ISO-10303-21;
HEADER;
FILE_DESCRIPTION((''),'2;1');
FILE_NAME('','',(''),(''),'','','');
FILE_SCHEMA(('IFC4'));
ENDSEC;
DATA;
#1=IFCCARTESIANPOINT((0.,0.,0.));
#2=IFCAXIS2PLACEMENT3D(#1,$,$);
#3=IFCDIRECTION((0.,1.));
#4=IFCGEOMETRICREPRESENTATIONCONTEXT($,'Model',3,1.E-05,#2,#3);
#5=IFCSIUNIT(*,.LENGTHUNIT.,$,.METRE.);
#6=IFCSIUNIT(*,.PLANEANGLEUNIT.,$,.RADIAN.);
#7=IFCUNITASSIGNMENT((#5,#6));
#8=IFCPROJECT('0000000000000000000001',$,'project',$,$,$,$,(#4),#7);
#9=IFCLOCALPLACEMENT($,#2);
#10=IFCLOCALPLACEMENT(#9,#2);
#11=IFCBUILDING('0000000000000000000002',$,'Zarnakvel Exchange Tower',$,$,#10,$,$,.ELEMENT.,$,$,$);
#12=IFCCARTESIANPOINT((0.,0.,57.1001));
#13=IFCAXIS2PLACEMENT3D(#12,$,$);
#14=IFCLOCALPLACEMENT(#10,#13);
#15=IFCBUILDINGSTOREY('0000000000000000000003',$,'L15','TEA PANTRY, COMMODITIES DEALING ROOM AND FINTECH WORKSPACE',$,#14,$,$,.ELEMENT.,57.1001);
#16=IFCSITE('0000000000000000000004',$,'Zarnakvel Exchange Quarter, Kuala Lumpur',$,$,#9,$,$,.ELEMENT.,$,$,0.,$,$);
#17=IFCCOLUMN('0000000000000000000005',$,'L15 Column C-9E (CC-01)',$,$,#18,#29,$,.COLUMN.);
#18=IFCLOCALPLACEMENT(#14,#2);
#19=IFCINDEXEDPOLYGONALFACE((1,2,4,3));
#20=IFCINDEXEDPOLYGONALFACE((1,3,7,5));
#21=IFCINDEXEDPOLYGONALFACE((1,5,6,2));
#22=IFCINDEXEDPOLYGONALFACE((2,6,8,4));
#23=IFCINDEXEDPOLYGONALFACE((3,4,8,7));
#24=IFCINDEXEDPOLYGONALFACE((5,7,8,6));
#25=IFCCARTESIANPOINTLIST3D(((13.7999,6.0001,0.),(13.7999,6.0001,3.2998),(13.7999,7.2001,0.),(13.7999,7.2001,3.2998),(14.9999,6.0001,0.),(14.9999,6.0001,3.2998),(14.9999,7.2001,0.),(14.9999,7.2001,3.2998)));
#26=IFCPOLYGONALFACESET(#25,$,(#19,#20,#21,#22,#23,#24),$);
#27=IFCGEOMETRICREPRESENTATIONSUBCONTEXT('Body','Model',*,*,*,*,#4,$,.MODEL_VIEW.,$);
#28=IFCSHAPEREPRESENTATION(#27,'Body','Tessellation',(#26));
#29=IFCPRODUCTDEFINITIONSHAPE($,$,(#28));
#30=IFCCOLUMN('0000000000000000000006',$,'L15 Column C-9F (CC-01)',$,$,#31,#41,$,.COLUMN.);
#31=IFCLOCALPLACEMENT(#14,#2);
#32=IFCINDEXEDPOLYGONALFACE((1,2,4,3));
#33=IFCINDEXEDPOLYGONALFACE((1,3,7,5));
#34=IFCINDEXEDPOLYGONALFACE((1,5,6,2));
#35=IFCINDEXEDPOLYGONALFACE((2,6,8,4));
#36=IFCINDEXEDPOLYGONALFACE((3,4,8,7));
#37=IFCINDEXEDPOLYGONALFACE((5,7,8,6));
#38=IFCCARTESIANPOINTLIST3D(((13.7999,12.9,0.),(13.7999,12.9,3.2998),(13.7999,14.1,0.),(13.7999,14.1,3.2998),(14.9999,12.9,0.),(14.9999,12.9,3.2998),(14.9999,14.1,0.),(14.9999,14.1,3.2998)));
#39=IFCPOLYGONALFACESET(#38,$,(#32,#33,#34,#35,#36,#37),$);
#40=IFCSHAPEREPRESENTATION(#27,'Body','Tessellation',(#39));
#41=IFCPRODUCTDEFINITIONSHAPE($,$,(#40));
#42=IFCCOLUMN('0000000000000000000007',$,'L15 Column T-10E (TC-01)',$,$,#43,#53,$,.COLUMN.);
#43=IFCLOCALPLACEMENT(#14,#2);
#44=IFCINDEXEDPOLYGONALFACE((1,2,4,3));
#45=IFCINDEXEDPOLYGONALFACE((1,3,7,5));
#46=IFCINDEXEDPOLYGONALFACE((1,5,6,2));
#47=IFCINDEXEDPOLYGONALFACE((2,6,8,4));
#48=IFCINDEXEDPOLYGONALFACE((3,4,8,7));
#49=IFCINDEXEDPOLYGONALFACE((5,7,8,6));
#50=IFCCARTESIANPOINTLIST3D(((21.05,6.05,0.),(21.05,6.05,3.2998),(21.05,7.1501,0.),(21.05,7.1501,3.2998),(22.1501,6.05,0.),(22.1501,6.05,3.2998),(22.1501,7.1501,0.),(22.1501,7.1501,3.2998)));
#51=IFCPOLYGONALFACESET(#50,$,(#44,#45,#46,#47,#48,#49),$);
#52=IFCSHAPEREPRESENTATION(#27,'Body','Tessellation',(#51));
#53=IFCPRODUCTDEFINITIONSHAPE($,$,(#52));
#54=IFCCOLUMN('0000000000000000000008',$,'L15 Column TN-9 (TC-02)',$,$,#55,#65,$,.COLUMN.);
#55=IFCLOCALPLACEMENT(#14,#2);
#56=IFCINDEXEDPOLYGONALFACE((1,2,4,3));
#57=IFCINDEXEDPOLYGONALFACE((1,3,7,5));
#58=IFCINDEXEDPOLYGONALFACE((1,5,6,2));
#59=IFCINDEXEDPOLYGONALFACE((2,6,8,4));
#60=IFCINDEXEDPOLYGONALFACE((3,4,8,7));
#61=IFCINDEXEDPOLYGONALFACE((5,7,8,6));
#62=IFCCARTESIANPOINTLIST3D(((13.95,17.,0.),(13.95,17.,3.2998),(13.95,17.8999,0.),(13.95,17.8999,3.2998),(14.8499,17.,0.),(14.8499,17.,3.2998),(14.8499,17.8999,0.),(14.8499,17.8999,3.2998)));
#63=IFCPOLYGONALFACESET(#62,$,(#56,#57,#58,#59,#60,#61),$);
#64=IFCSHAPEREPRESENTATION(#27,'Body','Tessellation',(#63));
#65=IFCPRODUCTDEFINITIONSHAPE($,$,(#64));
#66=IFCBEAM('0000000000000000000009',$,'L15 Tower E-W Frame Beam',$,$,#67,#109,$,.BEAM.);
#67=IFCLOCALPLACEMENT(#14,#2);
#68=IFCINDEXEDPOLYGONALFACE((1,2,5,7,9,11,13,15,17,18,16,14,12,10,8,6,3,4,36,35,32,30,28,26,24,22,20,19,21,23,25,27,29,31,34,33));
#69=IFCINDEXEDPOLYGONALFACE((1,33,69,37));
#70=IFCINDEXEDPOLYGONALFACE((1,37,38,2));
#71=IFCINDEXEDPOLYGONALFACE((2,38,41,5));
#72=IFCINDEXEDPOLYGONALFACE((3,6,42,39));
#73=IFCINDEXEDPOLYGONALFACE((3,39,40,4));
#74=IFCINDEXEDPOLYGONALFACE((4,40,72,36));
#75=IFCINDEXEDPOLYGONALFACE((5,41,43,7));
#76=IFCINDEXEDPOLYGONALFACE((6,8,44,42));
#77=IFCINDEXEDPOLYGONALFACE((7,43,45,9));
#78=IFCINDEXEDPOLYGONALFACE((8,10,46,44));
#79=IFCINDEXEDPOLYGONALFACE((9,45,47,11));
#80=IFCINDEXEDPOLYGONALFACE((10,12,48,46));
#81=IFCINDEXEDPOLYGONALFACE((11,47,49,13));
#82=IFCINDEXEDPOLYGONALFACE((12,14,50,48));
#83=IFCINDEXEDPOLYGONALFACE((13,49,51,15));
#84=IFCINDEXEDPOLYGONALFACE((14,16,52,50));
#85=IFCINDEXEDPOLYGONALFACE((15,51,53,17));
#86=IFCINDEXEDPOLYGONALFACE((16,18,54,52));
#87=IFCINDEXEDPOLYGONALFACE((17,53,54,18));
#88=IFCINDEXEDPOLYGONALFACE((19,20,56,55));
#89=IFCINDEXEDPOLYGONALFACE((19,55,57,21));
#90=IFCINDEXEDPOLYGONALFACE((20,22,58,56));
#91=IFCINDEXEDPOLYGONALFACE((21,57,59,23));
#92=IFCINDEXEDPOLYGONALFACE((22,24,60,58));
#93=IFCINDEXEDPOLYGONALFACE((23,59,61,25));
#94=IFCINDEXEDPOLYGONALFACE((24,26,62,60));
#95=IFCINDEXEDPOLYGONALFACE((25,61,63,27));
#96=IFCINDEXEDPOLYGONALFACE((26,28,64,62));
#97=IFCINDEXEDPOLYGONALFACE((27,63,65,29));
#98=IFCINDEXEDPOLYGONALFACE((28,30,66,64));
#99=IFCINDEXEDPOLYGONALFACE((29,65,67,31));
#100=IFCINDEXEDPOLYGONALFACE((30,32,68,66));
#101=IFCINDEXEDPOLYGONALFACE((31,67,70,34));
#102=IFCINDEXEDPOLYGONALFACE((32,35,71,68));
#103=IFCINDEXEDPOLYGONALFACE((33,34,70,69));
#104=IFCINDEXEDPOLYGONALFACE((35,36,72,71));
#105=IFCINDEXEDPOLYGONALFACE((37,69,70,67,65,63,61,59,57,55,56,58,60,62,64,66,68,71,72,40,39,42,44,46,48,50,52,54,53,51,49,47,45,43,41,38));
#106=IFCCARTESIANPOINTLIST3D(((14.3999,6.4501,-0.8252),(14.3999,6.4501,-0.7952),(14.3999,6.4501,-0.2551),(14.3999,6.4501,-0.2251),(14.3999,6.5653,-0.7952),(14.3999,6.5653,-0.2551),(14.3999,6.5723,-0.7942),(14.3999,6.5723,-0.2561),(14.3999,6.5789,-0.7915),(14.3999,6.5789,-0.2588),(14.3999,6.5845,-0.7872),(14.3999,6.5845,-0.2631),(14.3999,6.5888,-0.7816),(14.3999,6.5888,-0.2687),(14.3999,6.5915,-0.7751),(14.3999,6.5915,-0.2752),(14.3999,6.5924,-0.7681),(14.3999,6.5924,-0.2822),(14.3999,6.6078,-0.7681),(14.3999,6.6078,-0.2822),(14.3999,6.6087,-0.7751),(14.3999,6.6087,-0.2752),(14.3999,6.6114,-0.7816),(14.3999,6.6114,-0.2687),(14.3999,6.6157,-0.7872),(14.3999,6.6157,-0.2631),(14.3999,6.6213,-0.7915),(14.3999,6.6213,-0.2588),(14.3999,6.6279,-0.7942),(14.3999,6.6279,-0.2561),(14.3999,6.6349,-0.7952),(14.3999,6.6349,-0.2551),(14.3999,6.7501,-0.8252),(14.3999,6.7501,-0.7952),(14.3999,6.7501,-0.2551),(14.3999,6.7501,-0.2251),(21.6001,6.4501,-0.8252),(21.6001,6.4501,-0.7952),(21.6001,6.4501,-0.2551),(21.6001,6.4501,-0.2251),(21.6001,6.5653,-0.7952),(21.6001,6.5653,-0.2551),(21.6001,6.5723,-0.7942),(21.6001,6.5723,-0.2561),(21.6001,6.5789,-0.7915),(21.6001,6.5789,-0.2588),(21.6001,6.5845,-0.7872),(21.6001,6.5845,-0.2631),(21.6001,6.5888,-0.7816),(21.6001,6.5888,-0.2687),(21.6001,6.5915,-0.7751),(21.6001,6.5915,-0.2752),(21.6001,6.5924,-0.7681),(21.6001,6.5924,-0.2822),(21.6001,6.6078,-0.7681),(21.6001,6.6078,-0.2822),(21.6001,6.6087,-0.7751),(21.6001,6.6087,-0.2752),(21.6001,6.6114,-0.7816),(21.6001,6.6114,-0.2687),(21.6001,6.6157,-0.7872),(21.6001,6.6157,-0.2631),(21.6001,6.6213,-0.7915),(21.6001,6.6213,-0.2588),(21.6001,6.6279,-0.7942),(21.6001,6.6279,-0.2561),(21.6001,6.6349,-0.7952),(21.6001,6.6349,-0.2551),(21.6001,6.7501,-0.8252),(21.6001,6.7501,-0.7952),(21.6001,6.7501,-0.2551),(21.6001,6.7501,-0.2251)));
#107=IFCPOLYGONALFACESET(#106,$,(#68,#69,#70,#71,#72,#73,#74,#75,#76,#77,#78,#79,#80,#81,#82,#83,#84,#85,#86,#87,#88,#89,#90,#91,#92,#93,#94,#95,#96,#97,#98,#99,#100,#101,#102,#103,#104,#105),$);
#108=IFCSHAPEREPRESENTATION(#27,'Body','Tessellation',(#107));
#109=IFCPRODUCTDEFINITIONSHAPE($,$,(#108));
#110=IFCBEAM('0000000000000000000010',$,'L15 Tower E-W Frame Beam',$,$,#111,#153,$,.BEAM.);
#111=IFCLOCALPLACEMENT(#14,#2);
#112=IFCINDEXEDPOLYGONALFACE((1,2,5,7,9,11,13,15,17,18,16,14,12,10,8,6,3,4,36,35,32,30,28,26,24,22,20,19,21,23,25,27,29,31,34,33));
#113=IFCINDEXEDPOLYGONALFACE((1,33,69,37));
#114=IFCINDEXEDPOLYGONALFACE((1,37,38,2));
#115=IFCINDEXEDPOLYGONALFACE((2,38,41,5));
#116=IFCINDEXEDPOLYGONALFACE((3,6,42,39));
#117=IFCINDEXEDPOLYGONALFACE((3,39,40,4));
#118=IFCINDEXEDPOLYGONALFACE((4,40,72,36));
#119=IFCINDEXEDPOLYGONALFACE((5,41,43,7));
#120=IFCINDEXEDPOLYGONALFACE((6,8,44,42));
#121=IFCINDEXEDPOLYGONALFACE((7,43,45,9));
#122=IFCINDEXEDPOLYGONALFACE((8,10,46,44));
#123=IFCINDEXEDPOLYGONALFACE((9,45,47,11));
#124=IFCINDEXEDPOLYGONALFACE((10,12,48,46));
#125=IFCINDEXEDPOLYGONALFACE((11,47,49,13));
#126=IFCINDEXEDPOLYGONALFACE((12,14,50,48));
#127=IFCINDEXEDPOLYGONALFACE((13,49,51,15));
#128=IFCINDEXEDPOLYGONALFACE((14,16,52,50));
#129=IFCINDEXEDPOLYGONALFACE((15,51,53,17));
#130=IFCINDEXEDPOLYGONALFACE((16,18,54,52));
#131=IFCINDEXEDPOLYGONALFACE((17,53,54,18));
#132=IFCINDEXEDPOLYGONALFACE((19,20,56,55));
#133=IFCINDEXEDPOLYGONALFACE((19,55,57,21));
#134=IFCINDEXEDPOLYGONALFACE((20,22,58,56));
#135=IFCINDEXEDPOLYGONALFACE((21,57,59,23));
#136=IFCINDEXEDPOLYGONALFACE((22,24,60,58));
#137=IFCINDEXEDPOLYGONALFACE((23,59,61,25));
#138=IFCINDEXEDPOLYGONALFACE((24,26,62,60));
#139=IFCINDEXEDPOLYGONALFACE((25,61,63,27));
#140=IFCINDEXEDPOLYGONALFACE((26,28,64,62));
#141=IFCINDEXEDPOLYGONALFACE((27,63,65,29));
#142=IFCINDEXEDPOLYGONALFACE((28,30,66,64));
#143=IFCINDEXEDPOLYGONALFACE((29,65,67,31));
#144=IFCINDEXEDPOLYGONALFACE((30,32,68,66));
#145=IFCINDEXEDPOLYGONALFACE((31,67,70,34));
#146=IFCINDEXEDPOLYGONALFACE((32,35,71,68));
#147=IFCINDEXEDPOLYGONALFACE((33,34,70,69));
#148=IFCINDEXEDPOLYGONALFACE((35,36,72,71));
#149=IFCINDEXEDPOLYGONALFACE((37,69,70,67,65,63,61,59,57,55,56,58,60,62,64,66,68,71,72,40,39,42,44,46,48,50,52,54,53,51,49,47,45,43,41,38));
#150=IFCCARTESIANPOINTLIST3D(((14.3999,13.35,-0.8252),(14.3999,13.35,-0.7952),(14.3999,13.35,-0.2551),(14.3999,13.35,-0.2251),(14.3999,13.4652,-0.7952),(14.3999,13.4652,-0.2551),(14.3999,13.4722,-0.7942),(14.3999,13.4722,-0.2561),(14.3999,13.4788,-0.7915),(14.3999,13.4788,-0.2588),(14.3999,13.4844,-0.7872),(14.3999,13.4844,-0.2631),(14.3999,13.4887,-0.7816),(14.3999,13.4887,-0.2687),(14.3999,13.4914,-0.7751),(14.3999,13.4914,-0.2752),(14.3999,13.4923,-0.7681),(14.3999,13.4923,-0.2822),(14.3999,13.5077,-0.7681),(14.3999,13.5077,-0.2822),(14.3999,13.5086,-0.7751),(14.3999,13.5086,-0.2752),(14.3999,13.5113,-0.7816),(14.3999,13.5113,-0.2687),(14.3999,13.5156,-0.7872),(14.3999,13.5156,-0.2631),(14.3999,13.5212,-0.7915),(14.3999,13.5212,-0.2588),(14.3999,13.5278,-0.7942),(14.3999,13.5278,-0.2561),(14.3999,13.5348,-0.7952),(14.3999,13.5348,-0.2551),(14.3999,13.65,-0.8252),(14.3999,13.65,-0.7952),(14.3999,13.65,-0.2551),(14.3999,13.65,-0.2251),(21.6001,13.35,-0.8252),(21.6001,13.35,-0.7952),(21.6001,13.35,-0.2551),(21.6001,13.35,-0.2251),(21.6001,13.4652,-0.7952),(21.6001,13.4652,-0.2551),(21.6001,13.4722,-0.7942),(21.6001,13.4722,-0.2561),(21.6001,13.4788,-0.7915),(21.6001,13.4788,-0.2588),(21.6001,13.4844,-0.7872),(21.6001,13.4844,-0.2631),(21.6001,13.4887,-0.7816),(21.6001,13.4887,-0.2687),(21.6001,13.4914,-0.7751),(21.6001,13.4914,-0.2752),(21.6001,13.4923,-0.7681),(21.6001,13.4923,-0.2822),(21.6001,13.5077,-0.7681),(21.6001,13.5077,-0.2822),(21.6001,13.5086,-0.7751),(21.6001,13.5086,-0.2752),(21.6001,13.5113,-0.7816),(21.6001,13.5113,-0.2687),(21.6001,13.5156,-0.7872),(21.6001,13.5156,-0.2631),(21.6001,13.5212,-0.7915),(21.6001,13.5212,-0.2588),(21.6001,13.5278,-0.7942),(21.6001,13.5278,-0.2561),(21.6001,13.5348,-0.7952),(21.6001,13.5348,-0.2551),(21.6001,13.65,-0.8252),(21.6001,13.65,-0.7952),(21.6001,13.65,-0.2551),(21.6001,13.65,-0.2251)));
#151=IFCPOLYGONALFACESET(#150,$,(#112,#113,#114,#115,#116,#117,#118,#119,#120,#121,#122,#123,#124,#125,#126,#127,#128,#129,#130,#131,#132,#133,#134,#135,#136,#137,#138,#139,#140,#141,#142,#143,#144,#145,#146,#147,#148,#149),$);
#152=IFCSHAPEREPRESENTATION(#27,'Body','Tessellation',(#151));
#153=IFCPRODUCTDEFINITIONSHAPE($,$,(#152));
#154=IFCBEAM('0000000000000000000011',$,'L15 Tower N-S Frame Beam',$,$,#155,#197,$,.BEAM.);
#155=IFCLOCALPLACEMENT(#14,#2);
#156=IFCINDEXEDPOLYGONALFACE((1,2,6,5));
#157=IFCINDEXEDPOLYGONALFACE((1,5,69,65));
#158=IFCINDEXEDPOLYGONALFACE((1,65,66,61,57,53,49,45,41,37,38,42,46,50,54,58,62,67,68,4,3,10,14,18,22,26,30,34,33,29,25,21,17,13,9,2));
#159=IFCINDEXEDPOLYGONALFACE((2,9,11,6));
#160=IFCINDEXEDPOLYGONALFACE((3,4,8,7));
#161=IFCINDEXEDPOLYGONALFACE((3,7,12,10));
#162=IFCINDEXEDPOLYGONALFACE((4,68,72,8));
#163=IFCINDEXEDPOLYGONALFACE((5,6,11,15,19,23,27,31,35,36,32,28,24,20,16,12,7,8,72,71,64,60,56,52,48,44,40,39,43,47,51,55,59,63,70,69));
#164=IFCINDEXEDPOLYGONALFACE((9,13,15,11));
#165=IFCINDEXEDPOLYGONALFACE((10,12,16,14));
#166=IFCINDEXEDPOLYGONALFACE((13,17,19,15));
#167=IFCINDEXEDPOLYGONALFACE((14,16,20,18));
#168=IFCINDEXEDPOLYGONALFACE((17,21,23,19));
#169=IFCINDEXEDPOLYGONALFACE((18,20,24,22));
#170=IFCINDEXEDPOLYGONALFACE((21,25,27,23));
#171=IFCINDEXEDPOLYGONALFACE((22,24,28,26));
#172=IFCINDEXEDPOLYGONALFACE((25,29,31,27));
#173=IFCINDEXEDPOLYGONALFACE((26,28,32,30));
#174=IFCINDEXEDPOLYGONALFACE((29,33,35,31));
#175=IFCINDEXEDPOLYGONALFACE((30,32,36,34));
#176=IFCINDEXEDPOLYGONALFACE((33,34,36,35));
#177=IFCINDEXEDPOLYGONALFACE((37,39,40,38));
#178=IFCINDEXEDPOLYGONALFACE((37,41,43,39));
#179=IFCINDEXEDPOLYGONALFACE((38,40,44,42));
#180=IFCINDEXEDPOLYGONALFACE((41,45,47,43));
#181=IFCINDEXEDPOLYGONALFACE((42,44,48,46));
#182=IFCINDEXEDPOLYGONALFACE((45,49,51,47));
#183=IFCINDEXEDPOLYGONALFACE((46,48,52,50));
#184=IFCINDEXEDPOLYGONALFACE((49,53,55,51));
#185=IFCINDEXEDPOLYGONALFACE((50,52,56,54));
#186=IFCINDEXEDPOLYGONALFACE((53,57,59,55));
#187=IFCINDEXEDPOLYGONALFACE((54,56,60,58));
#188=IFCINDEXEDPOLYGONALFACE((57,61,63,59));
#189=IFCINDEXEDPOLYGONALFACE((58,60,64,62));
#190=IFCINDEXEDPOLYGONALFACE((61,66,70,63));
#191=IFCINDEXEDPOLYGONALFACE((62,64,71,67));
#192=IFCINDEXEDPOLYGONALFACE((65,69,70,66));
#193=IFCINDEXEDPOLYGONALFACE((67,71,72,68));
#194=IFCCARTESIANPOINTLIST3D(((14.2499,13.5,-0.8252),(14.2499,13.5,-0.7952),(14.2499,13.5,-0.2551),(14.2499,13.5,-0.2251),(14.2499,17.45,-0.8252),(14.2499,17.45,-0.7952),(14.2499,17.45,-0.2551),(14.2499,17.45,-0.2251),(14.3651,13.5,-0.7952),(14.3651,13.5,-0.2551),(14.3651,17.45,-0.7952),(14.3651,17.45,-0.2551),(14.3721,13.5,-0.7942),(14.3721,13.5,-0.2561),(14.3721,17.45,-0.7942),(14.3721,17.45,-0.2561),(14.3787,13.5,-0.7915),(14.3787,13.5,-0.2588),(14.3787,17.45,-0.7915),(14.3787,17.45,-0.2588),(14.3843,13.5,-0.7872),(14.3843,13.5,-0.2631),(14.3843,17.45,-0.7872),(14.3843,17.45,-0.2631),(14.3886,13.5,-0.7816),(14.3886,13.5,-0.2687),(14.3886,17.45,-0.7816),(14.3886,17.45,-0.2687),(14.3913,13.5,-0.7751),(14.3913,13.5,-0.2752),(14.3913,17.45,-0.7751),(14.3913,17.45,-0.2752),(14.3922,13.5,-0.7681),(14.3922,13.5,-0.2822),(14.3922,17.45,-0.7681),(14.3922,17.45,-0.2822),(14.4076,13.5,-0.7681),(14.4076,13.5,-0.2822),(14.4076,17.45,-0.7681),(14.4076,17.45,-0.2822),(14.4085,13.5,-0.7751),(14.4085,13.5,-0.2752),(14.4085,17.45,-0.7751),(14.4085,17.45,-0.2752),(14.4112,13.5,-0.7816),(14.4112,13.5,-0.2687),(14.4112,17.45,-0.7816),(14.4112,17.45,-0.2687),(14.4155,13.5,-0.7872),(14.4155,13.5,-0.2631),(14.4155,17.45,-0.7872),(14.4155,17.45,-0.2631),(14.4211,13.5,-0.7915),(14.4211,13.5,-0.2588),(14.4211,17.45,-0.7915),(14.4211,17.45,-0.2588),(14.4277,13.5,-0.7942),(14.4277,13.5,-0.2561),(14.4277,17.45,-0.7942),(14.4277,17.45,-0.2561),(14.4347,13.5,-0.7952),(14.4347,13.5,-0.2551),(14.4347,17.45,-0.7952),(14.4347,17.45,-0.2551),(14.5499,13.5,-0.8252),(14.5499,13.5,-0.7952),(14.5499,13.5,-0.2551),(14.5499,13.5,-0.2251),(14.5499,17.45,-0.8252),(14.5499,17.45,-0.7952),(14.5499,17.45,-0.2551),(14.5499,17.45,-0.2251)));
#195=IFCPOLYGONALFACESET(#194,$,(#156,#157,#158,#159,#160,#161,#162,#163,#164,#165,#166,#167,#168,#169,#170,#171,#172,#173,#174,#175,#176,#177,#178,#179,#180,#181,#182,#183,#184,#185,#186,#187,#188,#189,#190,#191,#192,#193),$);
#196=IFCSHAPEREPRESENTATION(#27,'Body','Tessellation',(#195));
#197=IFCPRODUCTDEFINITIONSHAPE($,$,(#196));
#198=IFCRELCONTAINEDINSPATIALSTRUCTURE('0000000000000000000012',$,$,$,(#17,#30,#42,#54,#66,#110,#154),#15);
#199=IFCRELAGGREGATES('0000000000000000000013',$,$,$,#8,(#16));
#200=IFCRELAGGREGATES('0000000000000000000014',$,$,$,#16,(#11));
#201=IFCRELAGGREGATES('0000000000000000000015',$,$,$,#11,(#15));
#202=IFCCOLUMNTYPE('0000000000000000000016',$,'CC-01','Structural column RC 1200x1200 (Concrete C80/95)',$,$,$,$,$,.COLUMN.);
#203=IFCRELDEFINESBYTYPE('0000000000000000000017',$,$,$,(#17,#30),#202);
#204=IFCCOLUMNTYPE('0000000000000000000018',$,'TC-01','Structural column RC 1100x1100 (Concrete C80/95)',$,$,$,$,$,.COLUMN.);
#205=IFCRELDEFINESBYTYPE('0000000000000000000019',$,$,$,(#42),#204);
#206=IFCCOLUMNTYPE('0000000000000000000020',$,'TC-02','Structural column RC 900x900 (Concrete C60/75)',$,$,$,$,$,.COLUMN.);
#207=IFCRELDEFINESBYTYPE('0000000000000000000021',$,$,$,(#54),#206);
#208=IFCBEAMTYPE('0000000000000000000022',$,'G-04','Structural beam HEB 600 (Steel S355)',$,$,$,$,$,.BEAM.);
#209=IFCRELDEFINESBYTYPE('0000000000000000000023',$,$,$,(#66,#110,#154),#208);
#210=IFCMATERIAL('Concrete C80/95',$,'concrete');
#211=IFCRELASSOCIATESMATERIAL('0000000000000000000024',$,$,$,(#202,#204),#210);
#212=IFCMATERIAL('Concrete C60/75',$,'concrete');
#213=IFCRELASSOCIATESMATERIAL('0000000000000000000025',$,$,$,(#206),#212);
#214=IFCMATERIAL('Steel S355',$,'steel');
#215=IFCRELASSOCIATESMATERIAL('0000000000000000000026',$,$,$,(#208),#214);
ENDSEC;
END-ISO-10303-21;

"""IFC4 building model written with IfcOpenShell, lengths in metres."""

from ifc_helpers import new_model, si_unit, direction, frame, origin, origin_2d, place, context, subcontext, project, spatial, rectangle, i_section, extrude, material, material_profile, profile_set, type_object, element, save


model = new_model("IFC4")

# Units and contexts
model_context = context("Model", 3, precision=1e-05, world=origin(), true_north=direction((0.0, 1.0)))
body_context = subcontext(model_context, "Body", "Model", "MODEL_VIEW")
ifc_project = project(units=[si_unit("LENGTHUNIT", "METRE"), si_unit("PLANEANGLEUNIT", "RADIAN")], contexts=[model_context])

# Site, building, storey
site_placement = place(None, origin())
site = spatial("IfcSite", under=ifc_project, at=site_placement, Name="Zarnakvel Exchange Quarter, Kuala Lumpur", CompositionType="ELEMENT", RefElevation=0.0)
building_placement = place(site_placement, origin())
building = spatial("IfcBuilding", under=site, at=building_placement, Name="Zarnakvel Exchange Tower", CompositionType="ELEMENT")
storey_placement = place(building_placement, frame((0.0, 0.0, 57.1001)))
storey = spatial("IfcBuildingStorey", under=building, at=storey_placement, Name="L15", Description="TEA PANTRY, COMMODITIES DEALING ROOM AND FINTECH WORKSPACE", CompositionType="ELEMENT", Elevation=57.1001)

# Columns
ifc_material_1 = material(Name="Concrete C80/95", Category="concrete")
ifc_material_profile_1 = material_profile(ifc_material_1, rectangle(XDim=1.2, YDim=1.2, at=origin_2d()))
ifc_profile_set_1 = profile_set([ifc_material_profile_1], Name="Concrete C80/95")
column_type_1 = type_object("IfcColumnType", Name="CC-01", Description="Structural column RC 1200x1200 (Concrete C80/95)", PredefinedType="COLUMN", material=ifc_profile_set_1)
for number, where, z_axis, x_axis, name in (
    (1, (14.3999, 6.6001, 0.0), (0.0, 0.0, 1.0), (1.0, 0.0, 0.0), "L15 Column C-9E (CC-01)"),
    (2, (14.3999, 13.5, 0.0), (0.0, 0.0, 1.0), (1.0, 0.0, 0.0), "L15 Column C-9F (CC-01)"),
):
    element("IfcColumn", number, at=place(storey_placement, frame(where, z_axis=z_axis, x_axis=x_axis)), inside=storey, type_object=column_type_1, Name=name, PredefinedType="COLUMN", context=body_context, shape_type="SweptSolid", body=[
        extrude(rectangle(XDim=1.2, YDim=1.2, at=origin_2d()), origin(), (0.0, 0.0, 1.0), 3.2998),
    ])
ifc_material_profile_2 = material_profile(ifc_material_1, rectangle(XDim=1.1001, YDim=1.1001, at=origin_2d()))
ifc_profile_set_2 = profile_set([ifc_material_profile_2], Name="Concrete C80/95")
column_type_2 = type_object("IfcColumnType", Name="TC-01", Description="Structural column RC 1100x1100 (Concrete C80/95)", PredefinedType="COLUMN", material=ifc_profile_set_2)
column_1_placement = place(storey_placement, frame((21.6001, 6.6001, 0.0), z_axis=(0.0, 0.0, 1.0), x_axis=(1.0, 0.0, 0.0)))
element("IfcColumn", 3, at=column_1_placement, inside=storey, type_object=column_type_2, Name="L15 Column T-10E (TC-01)", PredefinedType="COLUMN", context=body_context, shape_type="SweptSolid", body=[
    extrude(rectangle(XDim=1.1001, YDim=1.1001, at=origin_2d()), origin(), (0.0, 0.0, 1.0), 3.2998),
])
ifc_material_2 = material(Name="Concrete C60/75", Category="concrete")
ifc_material_profile_3 = material_profile(ifc_material_2, rectangle(XDim=0.8999, YDim=0.8999, at=origin_2d()))
ifc_profile_set_3 = profile_set([ifc_material_profile_3], Name="Concrete C60/75")
column_type_3 = type_object("IfcColumnType", Name="TC-02", Description="Structural column RC 900x900 (Concrete C60/75)", PredefinedType="COLUMN", material=ifc_profile_set_3)
column_2_placement = place(storey_placement, frame((14.3999, 17.45, 0.0), z_axis=(0.0, 0.0, 1.0), x_axis=(1.0, 0.0, 0.0)))
element("IfcColumn", 4, at=column_2_placement, inside=storey, type_object=column_type_3, Name="L15 Column TN-9 (TC-02)", PredefinedType="COLUMN", context=body_context, shape_type="SweptSolid", body=[
    extrude(rectangle(XDim=0.8999, YDim=0.8999, at=origin_2d()), origin(), (0.0, 0.0, 1.0), 3.2998),
])

# Beams
ifc_material_3 = material(Name="Steel S355", Category="steel")
ifc_material_profile_4 = material_profile(ifc_material_3, i_section(OverallWidth=0.3, OverallDepth=0.6001, WebThickness=0.0154, FlangeThickness=0.03, FilletRadius=0.0271, at=origin_2d()))
ifc_profile_set_4 = profile_set([ifc_material_profile_4], Name="Steel S355")
beam_type_1 = type_object("IfcBeamType", Name="G-04", Description="Structural beam HEB 600 (Steel S355)", PredefinedType="BEAM", material=ifc_profile_set_4)
for number, where, z_axis, x_axis, name in (
    (5, (14.3999, 6.6001, -0.5251), (1.0, 0.0, 0.0), (0.0, 1.0, 0.0), "L15 Tower E-W Frame Beam"),
    (6, (14.3999, 13.5, -0.5251), (1.0, 0.0, 0.0), (0.0, 1.0, 0.0), "L15 Tower E-W Frame Beam"),
):
    element("IfcBeam", number, at=place(storey_placement, frame(where, z_axis=z_axis, x_axis=x_axis)), inside=storey, type_object=beam_type_1, Name=name, PredefinedType="BEAM", context=body_context, shape_type="SweptSolid", body=[
        extrude(i_section(OverallWidth=0.3, OverallDepth=0.6001, WebThickness=0.0154, FlangeThickness=0.03, FilletRadius=0.0271, at=origin_2d()), origin(), (0.0, 0.0, 1.0), 7.2002),
    ])
beam_1_placement = place(storey_placement, frame((14.3999, 13.5, -0.5251), z_axis=(0.0, 1.0, 0.0), x_axis=(-1.0, 0.0, 0.0)))
element("IfcBeam", 7, at=beam_1_placement, inside=storey, type_object=beam_type_1, Name="L15 Tower N-S Frame Beam", PredefinedType="BEAM", context=body_context, shape_type="SweptSolid", body=[
    extrude(i_section(OverallWidth=0.3, OverallDepth=0.6001, WebThickness=0.0154, FlangeThickness=0.03, FilletRadius=0.0271, at=origin_2d()), origin(), (0.0, 0.0, 1.0), 3.95),
])

save(model, "model.ifc")
